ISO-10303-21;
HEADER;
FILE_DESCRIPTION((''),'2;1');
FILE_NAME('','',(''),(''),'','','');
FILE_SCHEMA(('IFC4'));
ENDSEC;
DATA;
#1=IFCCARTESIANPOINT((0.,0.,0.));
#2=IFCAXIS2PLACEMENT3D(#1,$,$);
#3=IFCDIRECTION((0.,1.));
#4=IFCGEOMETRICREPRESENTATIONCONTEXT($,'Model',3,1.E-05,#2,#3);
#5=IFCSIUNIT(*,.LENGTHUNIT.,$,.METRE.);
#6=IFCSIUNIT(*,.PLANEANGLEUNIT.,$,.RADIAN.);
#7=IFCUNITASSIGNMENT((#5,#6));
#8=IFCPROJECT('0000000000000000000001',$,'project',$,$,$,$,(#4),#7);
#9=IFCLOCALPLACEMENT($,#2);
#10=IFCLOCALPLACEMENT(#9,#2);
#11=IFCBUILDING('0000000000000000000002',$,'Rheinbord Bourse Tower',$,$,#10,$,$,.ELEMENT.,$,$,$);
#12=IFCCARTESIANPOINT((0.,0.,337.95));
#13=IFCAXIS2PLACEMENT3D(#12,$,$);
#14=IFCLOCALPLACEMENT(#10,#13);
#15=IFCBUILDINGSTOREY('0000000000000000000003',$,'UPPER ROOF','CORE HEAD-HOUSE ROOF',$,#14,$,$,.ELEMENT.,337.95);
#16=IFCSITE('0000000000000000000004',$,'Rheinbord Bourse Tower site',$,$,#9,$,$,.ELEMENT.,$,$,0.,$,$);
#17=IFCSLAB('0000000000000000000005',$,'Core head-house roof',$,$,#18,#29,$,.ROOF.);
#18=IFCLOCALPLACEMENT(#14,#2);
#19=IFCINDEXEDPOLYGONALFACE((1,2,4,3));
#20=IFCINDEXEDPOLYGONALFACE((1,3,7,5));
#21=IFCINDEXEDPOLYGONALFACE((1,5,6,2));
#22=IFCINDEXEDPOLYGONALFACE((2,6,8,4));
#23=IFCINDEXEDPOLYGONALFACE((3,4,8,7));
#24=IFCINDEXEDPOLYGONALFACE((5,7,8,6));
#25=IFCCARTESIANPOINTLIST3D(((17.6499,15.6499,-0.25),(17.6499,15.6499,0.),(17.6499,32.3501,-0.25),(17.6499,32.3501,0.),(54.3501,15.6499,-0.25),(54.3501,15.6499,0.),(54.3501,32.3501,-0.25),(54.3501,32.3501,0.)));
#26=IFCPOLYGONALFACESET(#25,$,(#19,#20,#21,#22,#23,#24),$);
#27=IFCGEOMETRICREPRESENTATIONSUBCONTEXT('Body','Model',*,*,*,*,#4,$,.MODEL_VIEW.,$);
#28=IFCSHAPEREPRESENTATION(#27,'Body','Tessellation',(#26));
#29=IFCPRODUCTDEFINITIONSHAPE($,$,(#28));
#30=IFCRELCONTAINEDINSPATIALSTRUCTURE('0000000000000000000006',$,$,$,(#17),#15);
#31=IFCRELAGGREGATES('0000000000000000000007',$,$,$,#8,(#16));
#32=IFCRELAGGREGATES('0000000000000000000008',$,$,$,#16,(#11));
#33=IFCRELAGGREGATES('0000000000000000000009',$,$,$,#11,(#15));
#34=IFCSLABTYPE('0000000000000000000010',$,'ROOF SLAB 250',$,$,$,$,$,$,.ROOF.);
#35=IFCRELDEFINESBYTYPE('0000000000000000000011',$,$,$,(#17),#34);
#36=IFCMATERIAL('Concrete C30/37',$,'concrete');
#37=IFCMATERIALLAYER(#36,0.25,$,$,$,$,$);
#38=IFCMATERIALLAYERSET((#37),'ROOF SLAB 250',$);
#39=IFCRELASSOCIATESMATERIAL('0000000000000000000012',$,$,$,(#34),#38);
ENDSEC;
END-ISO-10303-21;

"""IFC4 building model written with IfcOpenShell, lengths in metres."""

from ifc_helpers import new_model, si_unit, direction, frame, origin, place, context, subcontext, project, spatial, polyline, outline, extrude, material, layer, layer_set, type_object, element, save


model = new_model("IFC4")

# Units and contexts
model_context = context("Model", 3, precision=1e-05, world=origin(), true_north=direction((0.0, 1.0)))
body_context = subcontext(model_context, "Body", "Model", "MODEL_VIEW")
ifc_project = project(units=[si_unit("LENGTHUNIT", "METRE"), si_unit("PLANEANGLEUNIT", "RADIAN")], contexts=[model_context])

# Site, building, storey
site_placement = place(None, origin())
site = spatial("IfcSite", under=ifc_project, at=site_placement, Name="Rheinbord Bourse Tower site", CompositionType="ELEMENT", RefElevation=0.0)
building_placement = place(site_placement, origin())
building = spatial("IfcBuilding", under=site, at=building_placement, Name="Rheinbord Bourse Tower", CompositionType="ELEMENT")
storey_placement = place(building_placement, frame((0.0, 0.0, 337.95)))
storey = spatial("IfcBuildingStorey", under=building, at=storey_placement, Name="UPPER ROOF", Description="CORE HEAD-HOUSE ROOF", CompositionType="ELEMENT", Elevation=337.95)

# Slab
ifc_material = material(Name="Concrete C30/37", Category="concrete")
ifc_layer = layer(ifc_material, 0.25)
ifc_layer_set = layer_set([ifc_layer], Name="ROOF SLAB 250")
slab_type = type_object("IfcSlabType", Name="ROOF SLAB 250", PredefinedType="ROOF", material=ifc_layer_set)
slab_placement = place(storey_placement, frame((0.0, 0.0, -0.25)))
element("IfcSlab", 1, at=slab_placement, inside=storey, type_object=slab_type, Name="Core head-house roof", PredefinedType="ROOF", context=body_context, shape_type="SweptSolid", body=[
    extrude(outline(polyline([(17.6499, 15.6499), (54.3501, 15.6499), (54.3501, 32.3501), (17.6499, 32.3501), (17.6499, 15.6499)])), origin(), (0.0, 0.0, 1.0), 0.25),
])

save(model, "model.ifc")
